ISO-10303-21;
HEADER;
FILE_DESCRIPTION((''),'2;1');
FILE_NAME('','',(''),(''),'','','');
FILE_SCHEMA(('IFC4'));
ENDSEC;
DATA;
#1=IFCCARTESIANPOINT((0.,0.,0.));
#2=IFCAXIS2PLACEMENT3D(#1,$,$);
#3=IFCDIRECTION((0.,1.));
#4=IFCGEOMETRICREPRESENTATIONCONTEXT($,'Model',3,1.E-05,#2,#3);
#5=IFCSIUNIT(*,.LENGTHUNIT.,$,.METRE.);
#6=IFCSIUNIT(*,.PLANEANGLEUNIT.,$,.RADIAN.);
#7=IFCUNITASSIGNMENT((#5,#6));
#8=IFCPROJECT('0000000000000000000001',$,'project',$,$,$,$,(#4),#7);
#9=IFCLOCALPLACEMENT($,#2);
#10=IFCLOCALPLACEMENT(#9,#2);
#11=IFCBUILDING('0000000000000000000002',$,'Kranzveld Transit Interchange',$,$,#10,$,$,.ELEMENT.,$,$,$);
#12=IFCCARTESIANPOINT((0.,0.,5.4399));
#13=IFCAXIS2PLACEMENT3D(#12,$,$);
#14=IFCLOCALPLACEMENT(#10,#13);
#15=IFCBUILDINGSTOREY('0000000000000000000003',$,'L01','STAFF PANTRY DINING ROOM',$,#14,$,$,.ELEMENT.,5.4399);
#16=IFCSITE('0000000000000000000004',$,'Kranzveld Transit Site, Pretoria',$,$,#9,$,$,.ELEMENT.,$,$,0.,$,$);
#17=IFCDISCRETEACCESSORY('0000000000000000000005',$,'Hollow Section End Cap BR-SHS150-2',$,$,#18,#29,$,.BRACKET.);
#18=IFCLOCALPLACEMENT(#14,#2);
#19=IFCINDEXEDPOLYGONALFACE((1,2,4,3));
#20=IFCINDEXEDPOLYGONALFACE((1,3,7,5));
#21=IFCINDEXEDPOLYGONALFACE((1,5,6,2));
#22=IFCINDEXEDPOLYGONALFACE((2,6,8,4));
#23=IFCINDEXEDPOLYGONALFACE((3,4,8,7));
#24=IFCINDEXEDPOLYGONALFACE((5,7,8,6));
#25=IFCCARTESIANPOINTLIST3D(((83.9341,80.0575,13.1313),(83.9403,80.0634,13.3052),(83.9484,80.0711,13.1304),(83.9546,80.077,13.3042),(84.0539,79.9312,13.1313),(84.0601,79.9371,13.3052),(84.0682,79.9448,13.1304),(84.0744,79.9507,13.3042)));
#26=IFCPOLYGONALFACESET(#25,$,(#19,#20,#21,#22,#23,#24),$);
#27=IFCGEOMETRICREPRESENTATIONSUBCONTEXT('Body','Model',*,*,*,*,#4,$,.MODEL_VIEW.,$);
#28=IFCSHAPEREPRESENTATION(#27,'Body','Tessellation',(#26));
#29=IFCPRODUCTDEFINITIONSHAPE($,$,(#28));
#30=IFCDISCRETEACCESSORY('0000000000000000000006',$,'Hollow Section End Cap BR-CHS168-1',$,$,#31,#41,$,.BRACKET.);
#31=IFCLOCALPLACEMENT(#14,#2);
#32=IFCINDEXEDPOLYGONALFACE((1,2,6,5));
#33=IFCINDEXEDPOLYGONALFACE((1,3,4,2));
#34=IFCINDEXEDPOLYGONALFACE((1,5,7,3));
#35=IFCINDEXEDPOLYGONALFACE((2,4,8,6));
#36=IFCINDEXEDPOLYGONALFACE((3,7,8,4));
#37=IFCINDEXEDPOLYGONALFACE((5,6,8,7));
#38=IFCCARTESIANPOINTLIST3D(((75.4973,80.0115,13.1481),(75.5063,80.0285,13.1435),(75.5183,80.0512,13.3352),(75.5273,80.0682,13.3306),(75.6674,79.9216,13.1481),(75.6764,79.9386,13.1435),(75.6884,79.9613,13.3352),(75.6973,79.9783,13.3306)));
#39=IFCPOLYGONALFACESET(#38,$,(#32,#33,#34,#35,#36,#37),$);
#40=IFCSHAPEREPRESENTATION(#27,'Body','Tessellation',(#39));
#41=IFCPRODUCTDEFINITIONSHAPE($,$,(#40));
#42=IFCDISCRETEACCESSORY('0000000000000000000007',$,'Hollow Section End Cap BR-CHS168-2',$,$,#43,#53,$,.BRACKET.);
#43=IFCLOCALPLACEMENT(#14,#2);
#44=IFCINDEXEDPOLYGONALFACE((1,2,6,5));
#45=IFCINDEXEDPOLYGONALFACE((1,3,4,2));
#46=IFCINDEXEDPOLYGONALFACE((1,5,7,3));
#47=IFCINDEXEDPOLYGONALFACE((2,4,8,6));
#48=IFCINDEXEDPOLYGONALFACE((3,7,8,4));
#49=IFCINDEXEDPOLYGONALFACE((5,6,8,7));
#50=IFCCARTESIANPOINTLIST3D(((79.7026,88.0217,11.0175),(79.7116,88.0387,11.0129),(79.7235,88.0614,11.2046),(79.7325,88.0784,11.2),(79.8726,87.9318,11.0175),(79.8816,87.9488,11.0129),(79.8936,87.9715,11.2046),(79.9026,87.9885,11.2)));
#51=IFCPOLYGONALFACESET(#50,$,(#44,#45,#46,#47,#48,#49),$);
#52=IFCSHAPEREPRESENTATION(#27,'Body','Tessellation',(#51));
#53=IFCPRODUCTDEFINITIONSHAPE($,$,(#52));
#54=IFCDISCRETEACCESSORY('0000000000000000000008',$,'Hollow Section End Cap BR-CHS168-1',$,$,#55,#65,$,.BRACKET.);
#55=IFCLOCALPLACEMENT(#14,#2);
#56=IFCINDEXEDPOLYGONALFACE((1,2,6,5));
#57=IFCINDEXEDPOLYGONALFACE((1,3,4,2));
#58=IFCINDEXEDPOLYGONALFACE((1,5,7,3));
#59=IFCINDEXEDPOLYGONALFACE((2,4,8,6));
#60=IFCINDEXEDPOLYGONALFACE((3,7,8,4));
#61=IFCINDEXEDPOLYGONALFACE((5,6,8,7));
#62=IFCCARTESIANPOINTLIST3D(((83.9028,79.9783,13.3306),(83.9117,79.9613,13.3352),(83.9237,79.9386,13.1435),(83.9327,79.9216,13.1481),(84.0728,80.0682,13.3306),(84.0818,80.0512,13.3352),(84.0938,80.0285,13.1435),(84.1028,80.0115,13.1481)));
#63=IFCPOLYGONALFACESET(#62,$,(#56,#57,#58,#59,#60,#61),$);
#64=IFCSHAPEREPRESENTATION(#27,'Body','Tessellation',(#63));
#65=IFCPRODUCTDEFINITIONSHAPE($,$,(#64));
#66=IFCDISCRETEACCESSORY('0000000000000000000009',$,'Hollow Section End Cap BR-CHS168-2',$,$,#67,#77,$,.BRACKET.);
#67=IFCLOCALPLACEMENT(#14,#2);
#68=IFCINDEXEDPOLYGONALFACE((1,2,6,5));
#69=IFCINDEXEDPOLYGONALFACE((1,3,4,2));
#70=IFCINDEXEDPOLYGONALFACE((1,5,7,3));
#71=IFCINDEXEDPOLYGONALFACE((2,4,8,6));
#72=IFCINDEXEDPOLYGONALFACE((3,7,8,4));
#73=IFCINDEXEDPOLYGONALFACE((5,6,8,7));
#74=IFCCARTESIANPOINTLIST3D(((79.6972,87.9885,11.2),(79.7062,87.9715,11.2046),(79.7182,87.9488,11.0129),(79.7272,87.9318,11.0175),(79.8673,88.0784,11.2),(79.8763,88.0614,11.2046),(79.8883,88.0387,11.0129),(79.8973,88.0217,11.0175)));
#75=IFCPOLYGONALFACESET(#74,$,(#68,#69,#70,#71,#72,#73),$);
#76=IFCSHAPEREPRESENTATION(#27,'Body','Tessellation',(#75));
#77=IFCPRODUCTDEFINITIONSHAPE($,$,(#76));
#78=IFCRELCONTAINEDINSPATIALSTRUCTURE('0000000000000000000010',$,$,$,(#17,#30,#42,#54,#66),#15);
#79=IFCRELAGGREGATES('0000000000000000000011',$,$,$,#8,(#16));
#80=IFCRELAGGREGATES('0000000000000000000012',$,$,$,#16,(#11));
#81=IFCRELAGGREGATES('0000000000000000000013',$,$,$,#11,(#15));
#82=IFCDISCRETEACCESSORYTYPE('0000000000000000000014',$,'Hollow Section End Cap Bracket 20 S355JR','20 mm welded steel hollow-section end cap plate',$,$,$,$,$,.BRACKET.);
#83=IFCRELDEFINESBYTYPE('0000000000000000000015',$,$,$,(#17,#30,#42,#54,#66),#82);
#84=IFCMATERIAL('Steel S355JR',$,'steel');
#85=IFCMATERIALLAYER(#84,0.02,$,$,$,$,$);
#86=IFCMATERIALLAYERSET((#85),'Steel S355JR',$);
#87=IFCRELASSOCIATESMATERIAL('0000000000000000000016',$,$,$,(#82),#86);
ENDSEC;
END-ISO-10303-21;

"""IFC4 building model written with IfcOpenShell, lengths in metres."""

from ifc_helpers import new_model, si_unit, direction, frame, origin, origin_2d, place, context, subcontext, project, spatial, rectangle, extrude, material, layer, layer_set, type_object, element, save


model = new_model("IFC4")

# Units and contexts
model_context = context("Model", 3, precision=1e-05, world=origin(), true_north=direction((0.0, 1.0)))
body_context = subcontext(model_context, "Body", "Model", "MODEL_VIEW")
ifc_project = project(units=[si_unit("LENGTHUNIT", "METRE"), si_unit("PLANEANGLEUNIT", "RADIAN")], contexts=[model_context])

# Site, building, storey
site_placement = place(None, origin())
site = spatial("IfcSite", under=ifc_project, at=site_placement, Name="Kranzveld Transit Site, Pretoria", CompositionType="ELEMENT", RefElevation=0.0)
building_placement = place(site_placement, origin())
building = spatial("IfcBuilding", under=site, at=building_placement, Name="Kranzveld Transit Interchange", CompositionType="ELEMENT")
storey_placement = place(building_placement, frame((0.0, 0.0, 5.4399)))
storey = spatial("IfcBuildingStorey", under=building, at=storey_placement, Name="L01", Description="STAFF PANTRY DINING ROOM", CompositionType="ELEMENT", Elevation=5.4399)

# Discrete accessories
ifc_material_1 = material(Name="Steel S355JR", Category="steel")
ifc_layer_1 = layer(ifc_material_1, 0.02)
ifc_layer_set_1 = layer_set([ifc_layer_1], Name="Steel S355JR")
discrete_accessory_type = type_object("IfcDiscreteAccessoryType", Name="Hollow Section End Cap Bracket 20 S355JR", Description="20 mm welded steel hollow-section end cap plate", PredefinedType="BRACKET", material=ifc_layer_set_1)
discrete_accessory_1_placement = place(storey_placement, frame((83.9971, 79.9973, 13.2183), z_axis=(0.724431, 0.687596, -0.049114), x_axis=(-0.688426, 0.725306, 0.0)))
element("IfcDiscreteAccessory", 1, at=discrete_accessory_1_placement, inside=storey, type_object=discrete_accessory_type, Name="Hollow Section End Cap BR-SHS150-2", PredefinedType="BRACKET", context=body_context, shape_type="SweptSolid", body=[
    extrude(rectangle(XDim=0.1741, YDim=0.1741, at=origin_2d()), origin(), (0.0, 0.0, 1.0), 0.0198),
])
for number, where, z_axis, x_axis, name in (
    (2, (75.6018, 80.0034, 13.2371), (-0.454407, -0.859689, 0.233344), (0.884095, -0.467307, 0.0), "Hollow Section End Cap BR-CHS168-1"),
    (3, (79.7981, 87.9966, 11.1111), (0.454407, 0.859689, -0.233344), (-0.884095, 0.467307, 0.0), "Hollow Section End Cap BR-CHS168-2"),
    (4, (83.9983, 80.0034, 13.2371), (0.454407, -0.859689, 0.233344), (0.884095, 0.467307, 0.0), "Hollow Section End Cap BR-CHS168-1"),
    (5, (79.8018, 87.9966, 11.1111), (-0.454407, 0.859689, -0.233344), (-0.884095, -0.467307, 0.0), "Hollow Section End Cap BR-CHS168-2"),
):
    element("IfcDiscreteAccessory", number, at=place(storey_placement, frame(where, z_axis=z_axis, x_axis=x_axis)), inside=storey, type_object=discrete_accessory_type, Name=name, PredefinedType="BRACKET", context=body_context, shape_type="SweptSolid", body=[
        extrude(rectangle(XDim=0.1924, YDim=0.1924, at=origin_2d()), origin(), (0.0, 0.0, 1.0), 0.0198),
    ])

save(model, "model.ifc")
